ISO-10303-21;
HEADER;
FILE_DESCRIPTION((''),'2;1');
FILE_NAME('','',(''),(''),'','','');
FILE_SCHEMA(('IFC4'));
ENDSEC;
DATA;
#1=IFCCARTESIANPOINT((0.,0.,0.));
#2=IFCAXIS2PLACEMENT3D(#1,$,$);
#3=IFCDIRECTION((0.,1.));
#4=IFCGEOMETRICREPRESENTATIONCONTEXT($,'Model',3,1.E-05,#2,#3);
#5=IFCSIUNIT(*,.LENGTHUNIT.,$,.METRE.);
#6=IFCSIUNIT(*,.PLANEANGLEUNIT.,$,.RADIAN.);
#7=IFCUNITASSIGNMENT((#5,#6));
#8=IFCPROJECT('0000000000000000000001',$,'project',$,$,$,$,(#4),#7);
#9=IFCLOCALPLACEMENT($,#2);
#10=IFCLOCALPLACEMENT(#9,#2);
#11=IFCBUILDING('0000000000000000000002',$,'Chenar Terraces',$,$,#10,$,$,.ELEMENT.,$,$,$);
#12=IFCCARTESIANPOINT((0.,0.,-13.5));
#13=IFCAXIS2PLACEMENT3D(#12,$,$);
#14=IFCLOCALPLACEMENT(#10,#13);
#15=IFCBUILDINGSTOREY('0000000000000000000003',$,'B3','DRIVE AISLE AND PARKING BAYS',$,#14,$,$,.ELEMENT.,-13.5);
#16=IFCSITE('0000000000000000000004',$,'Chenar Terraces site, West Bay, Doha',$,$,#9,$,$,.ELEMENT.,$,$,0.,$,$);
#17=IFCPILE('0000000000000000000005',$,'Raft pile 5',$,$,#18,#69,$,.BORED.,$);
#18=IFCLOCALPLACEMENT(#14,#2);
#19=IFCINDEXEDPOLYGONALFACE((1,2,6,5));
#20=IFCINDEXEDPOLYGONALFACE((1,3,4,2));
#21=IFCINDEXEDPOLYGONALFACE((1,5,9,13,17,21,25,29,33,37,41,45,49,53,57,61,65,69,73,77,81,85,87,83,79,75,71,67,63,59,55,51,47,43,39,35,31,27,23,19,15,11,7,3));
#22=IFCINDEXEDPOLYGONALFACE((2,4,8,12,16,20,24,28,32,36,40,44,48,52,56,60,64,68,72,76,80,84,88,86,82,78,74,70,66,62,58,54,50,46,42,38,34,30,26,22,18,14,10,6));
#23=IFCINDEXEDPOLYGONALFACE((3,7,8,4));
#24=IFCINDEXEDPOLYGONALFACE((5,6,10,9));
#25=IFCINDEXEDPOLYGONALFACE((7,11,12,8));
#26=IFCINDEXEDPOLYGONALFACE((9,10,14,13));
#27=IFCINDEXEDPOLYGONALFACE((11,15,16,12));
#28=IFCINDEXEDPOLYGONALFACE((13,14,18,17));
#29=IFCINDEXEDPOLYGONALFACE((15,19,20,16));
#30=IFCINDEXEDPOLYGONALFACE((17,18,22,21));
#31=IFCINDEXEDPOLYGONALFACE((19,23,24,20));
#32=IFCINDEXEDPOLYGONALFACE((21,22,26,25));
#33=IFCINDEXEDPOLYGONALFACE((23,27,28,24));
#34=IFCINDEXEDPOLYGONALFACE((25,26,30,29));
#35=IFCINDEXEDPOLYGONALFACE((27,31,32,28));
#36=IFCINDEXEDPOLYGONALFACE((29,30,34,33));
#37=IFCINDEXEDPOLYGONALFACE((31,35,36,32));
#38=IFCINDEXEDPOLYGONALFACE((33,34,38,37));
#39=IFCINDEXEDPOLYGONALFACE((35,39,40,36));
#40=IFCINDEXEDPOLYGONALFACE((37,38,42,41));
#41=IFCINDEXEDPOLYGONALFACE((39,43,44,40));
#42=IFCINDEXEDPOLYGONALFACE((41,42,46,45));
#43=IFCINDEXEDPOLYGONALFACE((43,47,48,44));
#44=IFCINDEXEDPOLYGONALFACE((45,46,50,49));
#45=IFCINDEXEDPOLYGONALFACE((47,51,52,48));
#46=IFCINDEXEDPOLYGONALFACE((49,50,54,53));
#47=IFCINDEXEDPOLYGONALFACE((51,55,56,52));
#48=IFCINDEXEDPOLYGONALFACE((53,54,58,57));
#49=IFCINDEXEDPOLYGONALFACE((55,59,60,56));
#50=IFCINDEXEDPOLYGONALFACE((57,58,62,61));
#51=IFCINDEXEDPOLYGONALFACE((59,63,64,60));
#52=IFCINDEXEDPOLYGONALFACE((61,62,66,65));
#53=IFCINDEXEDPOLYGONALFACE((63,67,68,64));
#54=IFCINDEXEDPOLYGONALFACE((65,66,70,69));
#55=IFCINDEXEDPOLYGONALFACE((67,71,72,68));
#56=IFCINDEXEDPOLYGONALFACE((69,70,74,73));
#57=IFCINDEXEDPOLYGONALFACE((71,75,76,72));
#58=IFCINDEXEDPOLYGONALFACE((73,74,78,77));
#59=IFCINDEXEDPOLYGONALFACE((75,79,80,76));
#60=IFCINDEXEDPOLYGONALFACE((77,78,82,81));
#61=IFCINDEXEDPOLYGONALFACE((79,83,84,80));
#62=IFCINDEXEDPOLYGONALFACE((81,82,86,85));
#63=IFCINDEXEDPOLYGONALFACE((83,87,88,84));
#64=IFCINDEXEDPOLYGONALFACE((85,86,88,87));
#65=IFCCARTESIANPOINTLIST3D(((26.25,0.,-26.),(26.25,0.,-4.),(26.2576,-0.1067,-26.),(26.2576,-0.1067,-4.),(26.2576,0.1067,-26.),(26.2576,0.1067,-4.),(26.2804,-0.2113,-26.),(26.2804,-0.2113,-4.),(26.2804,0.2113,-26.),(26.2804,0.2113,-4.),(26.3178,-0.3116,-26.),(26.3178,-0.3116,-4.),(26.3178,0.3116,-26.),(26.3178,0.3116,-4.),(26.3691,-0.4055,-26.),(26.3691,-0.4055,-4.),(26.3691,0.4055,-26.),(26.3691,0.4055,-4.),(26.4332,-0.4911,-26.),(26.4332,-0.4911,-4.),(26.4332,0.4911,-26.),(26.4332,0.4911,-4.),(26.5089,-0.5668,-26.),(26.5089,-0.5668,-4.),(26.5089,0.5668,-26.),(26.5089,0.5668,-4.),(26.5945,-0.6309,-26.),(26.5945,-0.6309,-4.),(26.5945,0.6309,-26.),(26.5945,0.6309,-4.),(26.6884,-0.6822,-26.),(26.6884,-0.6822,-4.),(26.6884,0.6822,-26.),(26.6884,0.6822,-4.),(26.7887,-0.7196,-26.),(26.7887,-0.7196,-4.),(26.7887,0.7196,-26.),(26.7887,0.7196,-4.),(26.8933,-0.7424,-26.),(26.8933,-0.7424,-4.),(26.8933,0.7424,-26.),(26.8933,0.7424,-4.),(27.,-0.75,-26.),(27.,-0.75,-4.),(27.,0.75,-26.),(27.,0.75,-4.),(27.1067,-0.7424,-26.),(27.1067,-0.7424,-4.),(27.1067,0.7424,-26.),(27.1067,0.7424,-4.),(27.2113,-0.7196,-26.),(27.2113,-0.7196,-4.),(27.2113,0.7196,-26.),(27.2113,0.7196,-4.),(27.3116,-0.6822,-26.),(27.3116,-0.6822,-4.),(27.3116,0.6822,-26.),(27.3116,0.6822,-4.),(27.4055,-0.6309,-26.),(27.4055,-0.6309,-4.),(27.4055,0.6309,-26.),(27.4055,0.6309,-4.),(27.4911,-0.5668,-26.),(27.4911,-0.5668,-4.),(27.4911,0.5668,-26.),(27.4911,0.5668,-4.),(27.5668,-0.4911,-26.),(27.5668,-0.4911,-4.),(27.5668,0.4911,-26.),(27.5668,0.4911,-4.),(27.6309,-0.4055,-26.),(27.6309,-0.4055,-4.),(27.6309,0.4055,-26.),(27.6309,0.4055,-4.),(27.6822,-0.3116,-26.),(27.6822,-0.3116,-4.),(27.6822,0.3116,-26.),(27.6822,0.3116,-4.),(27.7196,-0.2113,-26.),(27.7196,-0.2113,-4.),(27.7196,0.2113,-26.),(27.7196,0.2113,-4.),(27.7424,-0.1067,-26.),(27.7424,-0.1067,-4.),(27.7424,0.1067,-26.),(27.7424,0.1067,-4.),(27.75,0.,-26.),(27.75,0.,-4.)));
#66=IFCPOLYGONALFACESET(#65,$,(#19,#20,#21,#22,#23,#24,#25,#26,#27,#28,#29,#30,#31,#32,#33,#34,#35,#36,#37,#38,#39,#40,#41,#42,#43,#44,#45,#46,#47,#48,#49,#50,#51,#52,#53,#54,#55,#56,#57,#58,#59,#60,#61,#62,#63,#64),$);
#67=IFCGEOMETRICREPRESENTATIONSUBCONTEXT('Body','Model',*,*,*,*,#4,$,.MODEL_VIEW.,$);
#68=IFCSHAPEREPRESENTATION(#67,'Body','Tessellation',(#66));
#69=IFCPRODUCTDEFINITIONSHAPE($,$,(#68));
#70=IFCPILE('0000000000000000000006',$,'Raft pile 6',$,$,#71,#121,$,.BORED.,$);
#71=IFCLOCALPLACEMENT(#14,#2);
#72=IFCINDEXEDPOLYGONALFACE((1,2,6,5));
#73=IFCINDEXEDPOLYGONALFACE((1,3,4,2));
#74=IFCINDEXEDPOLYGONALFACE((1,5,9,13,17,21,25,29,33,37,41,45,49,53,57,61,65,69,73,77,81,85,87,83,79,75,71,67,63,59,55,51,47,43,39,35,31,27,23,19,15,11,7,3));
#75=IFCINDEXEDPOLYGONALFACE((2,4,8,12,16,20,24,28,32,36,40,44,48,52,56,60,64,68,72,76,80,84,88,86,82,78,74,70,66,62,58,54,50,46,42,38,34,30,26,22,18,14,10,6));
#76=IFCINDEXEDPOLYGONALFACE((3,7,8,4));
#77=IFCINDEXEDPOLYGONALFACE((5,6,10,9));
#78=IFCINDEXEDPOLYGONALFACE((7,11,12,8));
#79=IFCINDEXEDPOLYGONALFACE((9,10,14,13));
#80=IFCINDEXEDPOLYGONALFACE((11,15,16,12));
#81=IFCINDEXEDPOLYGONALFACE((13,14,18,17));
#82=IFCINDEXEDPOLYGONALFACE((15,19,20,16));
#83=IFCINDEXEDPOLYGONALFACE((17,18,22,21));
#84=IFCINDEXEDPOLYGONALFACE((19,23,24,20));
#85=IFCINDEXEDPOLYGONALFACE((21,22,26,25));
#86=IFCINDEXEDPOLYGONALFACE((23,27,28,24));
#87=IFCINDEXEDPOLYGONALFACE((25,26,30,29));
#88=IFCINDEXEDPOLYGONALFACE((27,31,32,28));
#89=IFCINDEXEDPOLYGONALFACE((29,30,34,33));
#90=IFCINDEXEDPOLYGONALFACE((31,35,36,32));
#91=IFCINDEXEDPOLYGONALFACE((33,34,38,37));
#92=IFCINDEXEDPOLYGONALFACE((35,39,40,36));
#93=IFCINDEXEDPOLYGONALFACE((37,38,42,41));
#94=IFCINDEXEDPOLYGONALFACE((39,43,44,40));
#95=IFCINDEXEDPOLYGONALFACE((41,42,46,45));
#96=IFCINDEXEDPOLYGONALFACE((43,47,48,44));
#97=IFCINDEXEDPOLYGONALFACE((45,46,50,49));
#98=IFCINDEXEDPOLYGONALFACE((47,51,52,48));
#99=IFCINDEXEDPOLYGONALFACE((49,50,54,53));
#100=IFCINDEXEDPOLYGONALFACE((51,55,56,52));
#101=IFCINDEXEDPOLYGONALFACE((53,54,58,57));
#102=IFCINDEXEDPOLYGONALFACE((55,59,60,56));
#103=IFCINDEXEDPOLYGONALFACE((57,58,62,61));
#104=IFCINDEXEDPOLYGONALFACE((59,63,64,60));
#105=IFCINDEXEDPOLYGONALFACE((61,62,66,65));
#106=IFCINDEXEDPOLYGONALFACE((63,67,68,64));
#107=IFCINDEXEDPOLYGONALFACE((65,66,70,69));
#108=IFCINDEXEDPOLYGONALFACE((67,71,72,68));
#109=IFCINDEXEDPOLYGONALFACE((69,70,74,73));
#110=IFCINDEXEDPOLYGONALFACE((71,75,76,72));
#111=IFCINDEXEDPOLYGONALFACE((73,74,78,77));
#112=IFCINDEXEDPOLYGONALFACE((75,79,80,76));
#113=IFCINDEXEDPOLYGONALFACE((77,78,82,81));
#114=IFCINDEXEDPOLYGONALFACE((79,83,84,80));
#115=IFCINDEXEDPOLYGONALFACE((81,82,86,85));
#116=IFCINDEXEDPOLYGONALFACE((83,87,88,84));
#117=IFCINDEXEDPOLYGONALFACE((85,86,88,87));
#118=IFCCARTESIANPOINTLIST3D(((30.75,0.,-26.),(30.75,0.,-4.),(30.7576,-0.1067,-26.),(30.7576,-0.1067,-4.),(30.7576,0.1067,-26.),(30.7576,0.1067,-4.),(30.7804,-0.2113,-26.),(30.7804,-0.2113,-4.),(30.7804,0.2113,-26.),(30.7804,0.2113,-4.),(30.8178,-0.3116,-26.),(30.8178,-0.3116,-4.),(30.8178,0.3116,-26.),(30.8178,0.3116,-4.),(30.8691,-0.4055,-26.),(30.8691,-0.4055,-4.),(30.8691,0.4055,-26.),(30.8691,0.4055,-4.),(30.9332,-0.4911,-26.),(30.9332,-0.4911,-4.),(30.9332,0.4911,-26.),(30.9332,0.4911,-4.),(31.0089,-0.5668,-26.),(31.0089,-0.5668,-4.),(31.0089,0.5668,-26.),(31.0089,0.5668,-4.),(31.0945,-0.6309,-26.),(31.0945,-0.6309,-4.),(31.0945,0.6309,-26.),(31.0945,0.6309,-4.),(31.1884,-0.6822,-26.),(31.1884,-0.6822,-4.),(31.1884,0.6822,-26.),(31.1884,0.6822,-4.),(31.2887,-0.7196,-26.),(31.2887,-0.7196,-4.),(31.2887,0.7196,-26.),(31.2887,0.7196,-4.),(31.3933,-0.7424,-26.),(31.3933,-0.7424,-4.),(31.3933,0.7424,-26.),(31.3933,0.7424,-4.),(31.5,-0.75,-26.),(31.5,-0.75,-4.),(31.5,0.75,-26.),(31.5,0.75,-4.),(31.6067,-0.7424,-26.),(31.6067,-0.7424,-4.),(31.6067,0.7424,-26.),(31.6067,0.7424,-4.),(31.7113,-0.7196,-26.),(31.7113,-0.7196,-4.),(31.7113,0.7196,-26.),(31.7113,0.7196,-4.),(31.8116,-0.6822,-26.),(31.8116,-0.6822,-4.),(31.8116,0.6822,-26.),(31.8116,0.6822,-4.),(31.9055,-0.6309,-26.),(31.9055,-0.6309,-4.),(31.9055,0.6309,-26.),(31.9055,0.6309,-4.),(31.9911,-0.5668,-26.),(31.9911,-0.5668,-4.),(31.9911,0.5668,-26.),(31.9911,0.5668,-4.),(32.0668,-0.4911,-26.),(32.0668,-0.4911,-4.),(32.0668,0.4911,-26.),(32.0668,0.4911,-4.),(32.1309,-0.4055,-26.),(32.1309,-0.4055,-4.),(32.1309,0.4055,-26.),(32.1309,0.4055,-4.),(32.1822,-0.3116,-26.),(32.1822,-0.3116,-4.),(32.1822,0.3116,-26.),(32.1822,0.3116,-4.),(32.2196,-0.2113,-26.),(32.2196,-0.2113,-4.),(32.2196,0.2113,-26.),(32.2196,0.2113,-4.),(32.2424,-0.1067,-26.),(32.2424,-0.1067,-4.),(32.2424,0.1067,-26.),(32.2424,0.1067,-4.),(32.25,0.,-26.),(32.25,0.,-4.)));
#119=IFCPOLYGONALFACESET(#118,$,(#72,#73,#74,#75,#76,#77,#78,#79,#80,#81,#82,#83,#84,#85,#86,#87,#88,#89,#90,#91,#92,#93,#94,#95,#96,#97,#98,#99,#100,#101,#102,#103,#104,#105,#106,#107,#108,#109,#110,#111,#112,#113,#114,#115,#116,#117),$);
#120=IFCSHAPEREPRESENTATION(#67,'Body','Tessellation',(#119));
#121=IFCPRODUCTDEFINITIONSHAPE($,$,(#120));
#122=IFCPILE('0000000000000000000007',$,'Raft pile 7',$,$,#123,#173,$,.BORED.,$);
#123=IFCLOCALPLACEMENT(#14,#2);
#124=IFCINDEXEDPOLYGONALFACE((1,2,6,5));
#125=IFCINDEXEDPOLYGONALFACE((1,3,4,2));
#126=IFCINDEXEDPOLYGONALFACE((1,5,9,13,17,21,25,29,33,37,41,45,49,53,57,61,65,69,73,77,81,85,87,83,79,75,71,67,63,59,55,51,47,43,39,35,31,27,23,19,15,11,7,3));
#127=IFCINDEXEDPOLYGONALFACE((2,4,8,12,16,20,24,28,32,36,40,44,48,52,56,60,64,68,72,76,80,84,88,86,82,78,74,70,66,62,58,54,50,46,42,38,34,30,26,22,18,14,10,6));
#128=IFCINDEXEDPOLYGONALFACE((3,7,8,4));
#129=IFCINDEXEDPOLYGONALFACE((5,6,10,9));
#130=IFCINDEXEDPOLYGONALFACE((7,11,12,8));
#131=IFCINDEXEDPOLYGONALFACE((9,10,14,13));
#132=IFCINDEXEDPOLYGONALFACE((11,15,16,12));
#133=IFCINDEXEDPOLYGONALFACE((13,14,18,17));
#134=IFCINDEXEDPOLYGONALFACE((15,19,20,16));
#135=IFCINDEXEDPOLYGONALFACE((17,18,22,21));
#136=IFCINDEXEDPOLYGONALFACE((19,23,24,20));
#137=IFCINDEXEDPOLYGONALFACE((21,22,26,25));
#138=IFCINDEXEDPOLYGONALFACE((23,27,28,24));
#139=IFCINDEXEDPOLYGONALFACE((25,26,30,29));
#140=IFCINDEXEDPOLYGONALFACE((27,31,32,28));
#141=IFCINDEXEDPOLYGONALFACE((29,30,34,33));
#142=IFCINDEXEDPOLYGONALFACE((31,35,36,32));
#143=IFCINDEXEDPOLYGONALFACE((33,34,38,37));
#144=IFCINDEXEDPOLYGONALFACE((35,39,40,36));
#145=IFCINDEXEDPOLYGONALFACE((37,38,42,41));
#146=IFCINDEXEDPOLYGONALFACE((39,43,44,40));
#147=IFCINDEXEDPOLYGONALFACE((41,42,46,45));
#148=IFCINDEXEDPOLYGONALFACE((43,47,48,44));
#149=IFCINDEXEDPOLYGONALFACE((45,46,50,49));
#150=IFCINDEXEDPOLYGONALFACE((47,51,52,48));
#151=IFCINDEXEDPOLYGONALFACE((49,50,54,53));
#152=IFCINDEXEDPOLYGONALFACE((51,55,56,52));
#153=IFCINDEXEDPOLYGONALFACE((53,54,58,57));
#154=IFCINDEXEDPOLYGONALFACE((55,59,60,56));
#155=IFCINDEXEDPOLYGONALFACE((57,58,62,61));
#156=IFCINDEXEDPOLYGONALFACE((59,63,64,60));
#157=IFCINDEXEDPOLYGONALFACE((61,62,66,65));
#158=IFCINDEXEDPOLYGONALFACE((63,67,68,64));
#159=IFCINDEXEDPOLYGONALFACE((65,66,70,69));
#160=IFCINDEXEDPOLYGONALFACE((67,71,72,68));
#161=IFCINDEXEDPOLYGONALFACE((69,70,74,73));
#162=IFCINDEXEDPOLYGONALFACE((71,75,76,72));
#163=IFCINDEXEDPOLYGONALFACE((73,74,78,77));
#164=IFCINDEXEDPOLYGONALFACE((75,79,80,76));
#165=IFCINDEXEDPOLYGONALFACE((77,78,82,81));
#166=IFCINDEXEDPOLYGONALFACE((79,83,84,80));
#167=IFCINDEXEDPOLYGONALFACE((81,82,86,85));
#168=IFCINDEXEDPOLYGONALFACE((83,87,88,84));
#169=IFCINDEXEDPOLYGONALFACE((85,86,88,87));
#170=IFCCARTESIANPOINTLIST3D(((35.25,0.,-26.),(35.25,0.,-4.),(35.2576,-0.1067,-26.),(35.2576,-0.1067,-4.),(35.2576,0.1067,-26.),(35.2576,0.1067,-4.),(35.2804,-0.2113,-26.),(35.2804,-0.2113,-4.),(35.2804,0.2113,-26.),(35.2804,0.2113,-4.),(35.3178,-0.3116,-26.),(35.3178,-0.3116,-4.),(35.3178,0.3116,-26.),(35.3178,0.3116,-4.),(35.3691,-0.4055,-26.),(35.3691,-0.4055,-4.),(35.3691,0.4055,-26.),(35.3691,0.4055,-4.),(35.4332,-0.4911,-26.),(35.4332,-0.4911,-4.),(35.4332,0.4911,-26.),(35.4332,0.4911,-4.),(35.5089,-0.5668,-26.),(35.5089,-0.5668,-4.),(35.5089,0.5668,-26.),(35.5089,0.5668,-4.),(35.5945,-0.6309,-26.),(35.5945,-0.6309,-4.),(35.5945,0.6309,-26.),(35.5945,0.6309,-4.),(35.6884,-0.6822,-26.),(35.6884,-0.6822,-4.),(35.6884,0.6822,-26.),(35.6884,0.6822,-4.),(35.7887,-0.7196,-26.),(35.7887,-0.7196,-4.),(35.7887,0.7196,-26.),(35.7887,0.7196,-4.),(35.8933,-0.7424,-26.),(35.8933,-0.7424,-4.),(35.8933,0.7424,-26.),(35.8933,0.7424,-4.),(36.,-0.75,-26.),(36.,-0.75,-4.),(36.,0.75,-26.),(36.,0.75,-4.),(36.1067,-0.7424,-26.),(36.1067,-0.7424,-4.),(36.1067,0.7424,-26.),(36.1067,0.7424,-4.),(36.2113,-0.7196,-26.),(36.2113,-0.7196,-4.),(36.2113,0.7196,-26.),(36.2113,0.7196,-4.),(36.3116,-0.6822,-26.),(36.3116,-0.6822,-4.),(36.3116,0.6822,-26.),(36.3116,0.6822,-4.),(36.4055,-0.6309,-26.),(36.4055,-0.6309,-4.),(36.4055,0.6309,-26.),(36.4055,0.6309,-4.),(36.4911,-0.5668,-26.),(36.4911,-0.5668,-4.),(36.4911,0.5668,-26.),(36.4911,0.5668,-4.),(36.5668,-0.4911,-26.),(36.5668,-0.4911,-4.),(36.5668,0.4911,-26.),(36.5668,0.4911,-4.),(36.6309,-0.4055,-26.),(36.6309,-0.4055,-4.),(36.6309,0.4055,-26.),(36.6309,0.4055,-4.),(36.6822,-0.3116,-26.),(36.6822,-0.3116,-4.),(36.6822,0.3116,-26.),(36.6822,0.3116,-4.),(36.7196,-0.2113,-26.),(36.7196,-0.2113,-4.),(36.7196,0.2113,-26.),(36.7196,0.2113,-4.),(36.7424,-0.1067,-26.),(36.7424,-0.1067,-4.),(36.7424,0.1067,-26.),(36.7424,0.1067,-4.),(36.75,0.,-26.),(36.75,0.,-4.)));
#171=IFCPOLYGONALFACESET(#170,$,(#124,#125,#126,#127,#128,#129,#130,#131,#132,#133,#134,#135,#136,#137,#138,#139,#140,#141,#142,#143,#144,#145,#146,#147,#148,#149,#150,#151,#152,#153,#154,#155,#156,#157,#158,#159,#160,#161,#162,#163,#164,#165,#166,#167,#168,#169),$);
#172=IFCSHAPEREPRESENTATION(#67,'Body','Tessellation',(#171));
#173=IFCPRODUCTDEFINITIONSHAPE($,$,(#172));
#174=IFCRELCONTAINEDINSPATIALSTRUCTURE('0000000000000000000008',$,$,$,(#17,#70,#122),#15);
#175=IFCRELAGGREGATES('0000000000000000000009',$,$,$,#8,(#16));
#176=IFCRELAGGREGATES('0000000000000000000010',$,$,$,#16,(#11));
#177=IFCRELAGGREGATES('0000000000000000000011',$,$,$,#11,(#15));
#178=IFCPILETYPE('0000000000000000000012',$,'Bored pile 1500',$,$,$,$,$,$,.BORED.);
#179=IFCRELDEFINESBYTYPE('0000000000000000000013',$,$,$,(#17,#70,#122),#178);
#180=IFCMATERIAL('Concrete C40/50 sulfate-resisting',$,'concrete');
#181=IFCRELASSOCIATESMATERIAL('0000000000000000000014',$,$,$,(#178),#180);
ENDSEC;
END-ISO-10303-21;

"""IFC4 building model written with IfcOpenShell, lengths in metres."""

from ifc_helpers import new_model, si_unit, direction, frame, origin, origin_2d, place, context, subcontext, project, spatial, circle, extrude, material, material_profile, profile_set, type_object, element, save


model = new_model("IFC4")

# Units and contexts
model_context = context("Model", 3, precision=1e-05, world=origin(), true_north=direction((0.0, 1.0)))
body_context = subcontext(model_context, "Body", "Model", "MODEL_VIEW")
ifc_project = project(units=[si_unit("LENGTHUNIT", "METRE"), si_unit("PLANEANGLEUNIT", "RADIAN")], contexts=[model_context])

# Site, building, storey
site_placement = place(None, origin())
site = spatial("IfcSite", under=ifc_project, at=site_placement, Name="Chenar Terraces site, West Bay, Doha", CompositionType="ELEMENT", RefElevation=0.0)
building_placement = place(site_placement, origin())
building = spatial("IfcBuilding", under=site, at=building_placement, Name="Chenar Terraces", CompositionType="ELEMENT")
storey_placement = place(building_placement, frame((0.0, 0.0, -13.5)))
storey = spatial("IfcBuildingStorey", under=building, at=storey_placement, Name="B3", Description="DRIVE AISLE AND PARKING BAYS", CompositionType="ELEMENT", Elevation=-13.5)

# Piles
ifc_material_1 = material(Name="Concrete C40/50 sulfate-resisting", Category="concrete")
ifc_material_profile_1 = material_profile(ifc_material_1, circle(Radius=0.75, at=origin_2d()), Name="BP 1500")
ifc_profile_set_1 = profile_set([ifc_material_profile_1], Name="Concrete C40/50 sulfate-resisting")
pile_type_1 = type_object("IfcPileType", Name="Bored pile 1500", PredefinedType="BORED", material=ifc_profile_set_1)
for number, where, z_axis, x_axis, name in (
    (1, (27.0, 0.0, -4.0), (0.0, 0.0, -1.0), (1.0, 0.0, 0.0), "Raft pile 5"),
    (2, (31.5, 0.0, -4.0), (0.0, 0.0, -1.0), (1.0, 0.0, 0.0), "Raft pile 6"),
    (3, (36.0, 0.0, -4.0), (0.0, 0.0, -1.0), (1.0, 0.0, 0.0), "Raft pile 7"),
):
    element("IfcPile", number, at=place(storey_placement, frame(where, z_axis=z_axis, x_axis=x_axis)), inside=storey, type_object=pile_type_1, Name=name, PredefinedType="BORED", context=body_context, shape_type="SweptSolid", body=[
        extrude(circle(Radius=0.75, at=origin_2d()), origin(), (0.0, 0.0, 1.0), 22.0),
    ])

save(model, "model.ifc")
